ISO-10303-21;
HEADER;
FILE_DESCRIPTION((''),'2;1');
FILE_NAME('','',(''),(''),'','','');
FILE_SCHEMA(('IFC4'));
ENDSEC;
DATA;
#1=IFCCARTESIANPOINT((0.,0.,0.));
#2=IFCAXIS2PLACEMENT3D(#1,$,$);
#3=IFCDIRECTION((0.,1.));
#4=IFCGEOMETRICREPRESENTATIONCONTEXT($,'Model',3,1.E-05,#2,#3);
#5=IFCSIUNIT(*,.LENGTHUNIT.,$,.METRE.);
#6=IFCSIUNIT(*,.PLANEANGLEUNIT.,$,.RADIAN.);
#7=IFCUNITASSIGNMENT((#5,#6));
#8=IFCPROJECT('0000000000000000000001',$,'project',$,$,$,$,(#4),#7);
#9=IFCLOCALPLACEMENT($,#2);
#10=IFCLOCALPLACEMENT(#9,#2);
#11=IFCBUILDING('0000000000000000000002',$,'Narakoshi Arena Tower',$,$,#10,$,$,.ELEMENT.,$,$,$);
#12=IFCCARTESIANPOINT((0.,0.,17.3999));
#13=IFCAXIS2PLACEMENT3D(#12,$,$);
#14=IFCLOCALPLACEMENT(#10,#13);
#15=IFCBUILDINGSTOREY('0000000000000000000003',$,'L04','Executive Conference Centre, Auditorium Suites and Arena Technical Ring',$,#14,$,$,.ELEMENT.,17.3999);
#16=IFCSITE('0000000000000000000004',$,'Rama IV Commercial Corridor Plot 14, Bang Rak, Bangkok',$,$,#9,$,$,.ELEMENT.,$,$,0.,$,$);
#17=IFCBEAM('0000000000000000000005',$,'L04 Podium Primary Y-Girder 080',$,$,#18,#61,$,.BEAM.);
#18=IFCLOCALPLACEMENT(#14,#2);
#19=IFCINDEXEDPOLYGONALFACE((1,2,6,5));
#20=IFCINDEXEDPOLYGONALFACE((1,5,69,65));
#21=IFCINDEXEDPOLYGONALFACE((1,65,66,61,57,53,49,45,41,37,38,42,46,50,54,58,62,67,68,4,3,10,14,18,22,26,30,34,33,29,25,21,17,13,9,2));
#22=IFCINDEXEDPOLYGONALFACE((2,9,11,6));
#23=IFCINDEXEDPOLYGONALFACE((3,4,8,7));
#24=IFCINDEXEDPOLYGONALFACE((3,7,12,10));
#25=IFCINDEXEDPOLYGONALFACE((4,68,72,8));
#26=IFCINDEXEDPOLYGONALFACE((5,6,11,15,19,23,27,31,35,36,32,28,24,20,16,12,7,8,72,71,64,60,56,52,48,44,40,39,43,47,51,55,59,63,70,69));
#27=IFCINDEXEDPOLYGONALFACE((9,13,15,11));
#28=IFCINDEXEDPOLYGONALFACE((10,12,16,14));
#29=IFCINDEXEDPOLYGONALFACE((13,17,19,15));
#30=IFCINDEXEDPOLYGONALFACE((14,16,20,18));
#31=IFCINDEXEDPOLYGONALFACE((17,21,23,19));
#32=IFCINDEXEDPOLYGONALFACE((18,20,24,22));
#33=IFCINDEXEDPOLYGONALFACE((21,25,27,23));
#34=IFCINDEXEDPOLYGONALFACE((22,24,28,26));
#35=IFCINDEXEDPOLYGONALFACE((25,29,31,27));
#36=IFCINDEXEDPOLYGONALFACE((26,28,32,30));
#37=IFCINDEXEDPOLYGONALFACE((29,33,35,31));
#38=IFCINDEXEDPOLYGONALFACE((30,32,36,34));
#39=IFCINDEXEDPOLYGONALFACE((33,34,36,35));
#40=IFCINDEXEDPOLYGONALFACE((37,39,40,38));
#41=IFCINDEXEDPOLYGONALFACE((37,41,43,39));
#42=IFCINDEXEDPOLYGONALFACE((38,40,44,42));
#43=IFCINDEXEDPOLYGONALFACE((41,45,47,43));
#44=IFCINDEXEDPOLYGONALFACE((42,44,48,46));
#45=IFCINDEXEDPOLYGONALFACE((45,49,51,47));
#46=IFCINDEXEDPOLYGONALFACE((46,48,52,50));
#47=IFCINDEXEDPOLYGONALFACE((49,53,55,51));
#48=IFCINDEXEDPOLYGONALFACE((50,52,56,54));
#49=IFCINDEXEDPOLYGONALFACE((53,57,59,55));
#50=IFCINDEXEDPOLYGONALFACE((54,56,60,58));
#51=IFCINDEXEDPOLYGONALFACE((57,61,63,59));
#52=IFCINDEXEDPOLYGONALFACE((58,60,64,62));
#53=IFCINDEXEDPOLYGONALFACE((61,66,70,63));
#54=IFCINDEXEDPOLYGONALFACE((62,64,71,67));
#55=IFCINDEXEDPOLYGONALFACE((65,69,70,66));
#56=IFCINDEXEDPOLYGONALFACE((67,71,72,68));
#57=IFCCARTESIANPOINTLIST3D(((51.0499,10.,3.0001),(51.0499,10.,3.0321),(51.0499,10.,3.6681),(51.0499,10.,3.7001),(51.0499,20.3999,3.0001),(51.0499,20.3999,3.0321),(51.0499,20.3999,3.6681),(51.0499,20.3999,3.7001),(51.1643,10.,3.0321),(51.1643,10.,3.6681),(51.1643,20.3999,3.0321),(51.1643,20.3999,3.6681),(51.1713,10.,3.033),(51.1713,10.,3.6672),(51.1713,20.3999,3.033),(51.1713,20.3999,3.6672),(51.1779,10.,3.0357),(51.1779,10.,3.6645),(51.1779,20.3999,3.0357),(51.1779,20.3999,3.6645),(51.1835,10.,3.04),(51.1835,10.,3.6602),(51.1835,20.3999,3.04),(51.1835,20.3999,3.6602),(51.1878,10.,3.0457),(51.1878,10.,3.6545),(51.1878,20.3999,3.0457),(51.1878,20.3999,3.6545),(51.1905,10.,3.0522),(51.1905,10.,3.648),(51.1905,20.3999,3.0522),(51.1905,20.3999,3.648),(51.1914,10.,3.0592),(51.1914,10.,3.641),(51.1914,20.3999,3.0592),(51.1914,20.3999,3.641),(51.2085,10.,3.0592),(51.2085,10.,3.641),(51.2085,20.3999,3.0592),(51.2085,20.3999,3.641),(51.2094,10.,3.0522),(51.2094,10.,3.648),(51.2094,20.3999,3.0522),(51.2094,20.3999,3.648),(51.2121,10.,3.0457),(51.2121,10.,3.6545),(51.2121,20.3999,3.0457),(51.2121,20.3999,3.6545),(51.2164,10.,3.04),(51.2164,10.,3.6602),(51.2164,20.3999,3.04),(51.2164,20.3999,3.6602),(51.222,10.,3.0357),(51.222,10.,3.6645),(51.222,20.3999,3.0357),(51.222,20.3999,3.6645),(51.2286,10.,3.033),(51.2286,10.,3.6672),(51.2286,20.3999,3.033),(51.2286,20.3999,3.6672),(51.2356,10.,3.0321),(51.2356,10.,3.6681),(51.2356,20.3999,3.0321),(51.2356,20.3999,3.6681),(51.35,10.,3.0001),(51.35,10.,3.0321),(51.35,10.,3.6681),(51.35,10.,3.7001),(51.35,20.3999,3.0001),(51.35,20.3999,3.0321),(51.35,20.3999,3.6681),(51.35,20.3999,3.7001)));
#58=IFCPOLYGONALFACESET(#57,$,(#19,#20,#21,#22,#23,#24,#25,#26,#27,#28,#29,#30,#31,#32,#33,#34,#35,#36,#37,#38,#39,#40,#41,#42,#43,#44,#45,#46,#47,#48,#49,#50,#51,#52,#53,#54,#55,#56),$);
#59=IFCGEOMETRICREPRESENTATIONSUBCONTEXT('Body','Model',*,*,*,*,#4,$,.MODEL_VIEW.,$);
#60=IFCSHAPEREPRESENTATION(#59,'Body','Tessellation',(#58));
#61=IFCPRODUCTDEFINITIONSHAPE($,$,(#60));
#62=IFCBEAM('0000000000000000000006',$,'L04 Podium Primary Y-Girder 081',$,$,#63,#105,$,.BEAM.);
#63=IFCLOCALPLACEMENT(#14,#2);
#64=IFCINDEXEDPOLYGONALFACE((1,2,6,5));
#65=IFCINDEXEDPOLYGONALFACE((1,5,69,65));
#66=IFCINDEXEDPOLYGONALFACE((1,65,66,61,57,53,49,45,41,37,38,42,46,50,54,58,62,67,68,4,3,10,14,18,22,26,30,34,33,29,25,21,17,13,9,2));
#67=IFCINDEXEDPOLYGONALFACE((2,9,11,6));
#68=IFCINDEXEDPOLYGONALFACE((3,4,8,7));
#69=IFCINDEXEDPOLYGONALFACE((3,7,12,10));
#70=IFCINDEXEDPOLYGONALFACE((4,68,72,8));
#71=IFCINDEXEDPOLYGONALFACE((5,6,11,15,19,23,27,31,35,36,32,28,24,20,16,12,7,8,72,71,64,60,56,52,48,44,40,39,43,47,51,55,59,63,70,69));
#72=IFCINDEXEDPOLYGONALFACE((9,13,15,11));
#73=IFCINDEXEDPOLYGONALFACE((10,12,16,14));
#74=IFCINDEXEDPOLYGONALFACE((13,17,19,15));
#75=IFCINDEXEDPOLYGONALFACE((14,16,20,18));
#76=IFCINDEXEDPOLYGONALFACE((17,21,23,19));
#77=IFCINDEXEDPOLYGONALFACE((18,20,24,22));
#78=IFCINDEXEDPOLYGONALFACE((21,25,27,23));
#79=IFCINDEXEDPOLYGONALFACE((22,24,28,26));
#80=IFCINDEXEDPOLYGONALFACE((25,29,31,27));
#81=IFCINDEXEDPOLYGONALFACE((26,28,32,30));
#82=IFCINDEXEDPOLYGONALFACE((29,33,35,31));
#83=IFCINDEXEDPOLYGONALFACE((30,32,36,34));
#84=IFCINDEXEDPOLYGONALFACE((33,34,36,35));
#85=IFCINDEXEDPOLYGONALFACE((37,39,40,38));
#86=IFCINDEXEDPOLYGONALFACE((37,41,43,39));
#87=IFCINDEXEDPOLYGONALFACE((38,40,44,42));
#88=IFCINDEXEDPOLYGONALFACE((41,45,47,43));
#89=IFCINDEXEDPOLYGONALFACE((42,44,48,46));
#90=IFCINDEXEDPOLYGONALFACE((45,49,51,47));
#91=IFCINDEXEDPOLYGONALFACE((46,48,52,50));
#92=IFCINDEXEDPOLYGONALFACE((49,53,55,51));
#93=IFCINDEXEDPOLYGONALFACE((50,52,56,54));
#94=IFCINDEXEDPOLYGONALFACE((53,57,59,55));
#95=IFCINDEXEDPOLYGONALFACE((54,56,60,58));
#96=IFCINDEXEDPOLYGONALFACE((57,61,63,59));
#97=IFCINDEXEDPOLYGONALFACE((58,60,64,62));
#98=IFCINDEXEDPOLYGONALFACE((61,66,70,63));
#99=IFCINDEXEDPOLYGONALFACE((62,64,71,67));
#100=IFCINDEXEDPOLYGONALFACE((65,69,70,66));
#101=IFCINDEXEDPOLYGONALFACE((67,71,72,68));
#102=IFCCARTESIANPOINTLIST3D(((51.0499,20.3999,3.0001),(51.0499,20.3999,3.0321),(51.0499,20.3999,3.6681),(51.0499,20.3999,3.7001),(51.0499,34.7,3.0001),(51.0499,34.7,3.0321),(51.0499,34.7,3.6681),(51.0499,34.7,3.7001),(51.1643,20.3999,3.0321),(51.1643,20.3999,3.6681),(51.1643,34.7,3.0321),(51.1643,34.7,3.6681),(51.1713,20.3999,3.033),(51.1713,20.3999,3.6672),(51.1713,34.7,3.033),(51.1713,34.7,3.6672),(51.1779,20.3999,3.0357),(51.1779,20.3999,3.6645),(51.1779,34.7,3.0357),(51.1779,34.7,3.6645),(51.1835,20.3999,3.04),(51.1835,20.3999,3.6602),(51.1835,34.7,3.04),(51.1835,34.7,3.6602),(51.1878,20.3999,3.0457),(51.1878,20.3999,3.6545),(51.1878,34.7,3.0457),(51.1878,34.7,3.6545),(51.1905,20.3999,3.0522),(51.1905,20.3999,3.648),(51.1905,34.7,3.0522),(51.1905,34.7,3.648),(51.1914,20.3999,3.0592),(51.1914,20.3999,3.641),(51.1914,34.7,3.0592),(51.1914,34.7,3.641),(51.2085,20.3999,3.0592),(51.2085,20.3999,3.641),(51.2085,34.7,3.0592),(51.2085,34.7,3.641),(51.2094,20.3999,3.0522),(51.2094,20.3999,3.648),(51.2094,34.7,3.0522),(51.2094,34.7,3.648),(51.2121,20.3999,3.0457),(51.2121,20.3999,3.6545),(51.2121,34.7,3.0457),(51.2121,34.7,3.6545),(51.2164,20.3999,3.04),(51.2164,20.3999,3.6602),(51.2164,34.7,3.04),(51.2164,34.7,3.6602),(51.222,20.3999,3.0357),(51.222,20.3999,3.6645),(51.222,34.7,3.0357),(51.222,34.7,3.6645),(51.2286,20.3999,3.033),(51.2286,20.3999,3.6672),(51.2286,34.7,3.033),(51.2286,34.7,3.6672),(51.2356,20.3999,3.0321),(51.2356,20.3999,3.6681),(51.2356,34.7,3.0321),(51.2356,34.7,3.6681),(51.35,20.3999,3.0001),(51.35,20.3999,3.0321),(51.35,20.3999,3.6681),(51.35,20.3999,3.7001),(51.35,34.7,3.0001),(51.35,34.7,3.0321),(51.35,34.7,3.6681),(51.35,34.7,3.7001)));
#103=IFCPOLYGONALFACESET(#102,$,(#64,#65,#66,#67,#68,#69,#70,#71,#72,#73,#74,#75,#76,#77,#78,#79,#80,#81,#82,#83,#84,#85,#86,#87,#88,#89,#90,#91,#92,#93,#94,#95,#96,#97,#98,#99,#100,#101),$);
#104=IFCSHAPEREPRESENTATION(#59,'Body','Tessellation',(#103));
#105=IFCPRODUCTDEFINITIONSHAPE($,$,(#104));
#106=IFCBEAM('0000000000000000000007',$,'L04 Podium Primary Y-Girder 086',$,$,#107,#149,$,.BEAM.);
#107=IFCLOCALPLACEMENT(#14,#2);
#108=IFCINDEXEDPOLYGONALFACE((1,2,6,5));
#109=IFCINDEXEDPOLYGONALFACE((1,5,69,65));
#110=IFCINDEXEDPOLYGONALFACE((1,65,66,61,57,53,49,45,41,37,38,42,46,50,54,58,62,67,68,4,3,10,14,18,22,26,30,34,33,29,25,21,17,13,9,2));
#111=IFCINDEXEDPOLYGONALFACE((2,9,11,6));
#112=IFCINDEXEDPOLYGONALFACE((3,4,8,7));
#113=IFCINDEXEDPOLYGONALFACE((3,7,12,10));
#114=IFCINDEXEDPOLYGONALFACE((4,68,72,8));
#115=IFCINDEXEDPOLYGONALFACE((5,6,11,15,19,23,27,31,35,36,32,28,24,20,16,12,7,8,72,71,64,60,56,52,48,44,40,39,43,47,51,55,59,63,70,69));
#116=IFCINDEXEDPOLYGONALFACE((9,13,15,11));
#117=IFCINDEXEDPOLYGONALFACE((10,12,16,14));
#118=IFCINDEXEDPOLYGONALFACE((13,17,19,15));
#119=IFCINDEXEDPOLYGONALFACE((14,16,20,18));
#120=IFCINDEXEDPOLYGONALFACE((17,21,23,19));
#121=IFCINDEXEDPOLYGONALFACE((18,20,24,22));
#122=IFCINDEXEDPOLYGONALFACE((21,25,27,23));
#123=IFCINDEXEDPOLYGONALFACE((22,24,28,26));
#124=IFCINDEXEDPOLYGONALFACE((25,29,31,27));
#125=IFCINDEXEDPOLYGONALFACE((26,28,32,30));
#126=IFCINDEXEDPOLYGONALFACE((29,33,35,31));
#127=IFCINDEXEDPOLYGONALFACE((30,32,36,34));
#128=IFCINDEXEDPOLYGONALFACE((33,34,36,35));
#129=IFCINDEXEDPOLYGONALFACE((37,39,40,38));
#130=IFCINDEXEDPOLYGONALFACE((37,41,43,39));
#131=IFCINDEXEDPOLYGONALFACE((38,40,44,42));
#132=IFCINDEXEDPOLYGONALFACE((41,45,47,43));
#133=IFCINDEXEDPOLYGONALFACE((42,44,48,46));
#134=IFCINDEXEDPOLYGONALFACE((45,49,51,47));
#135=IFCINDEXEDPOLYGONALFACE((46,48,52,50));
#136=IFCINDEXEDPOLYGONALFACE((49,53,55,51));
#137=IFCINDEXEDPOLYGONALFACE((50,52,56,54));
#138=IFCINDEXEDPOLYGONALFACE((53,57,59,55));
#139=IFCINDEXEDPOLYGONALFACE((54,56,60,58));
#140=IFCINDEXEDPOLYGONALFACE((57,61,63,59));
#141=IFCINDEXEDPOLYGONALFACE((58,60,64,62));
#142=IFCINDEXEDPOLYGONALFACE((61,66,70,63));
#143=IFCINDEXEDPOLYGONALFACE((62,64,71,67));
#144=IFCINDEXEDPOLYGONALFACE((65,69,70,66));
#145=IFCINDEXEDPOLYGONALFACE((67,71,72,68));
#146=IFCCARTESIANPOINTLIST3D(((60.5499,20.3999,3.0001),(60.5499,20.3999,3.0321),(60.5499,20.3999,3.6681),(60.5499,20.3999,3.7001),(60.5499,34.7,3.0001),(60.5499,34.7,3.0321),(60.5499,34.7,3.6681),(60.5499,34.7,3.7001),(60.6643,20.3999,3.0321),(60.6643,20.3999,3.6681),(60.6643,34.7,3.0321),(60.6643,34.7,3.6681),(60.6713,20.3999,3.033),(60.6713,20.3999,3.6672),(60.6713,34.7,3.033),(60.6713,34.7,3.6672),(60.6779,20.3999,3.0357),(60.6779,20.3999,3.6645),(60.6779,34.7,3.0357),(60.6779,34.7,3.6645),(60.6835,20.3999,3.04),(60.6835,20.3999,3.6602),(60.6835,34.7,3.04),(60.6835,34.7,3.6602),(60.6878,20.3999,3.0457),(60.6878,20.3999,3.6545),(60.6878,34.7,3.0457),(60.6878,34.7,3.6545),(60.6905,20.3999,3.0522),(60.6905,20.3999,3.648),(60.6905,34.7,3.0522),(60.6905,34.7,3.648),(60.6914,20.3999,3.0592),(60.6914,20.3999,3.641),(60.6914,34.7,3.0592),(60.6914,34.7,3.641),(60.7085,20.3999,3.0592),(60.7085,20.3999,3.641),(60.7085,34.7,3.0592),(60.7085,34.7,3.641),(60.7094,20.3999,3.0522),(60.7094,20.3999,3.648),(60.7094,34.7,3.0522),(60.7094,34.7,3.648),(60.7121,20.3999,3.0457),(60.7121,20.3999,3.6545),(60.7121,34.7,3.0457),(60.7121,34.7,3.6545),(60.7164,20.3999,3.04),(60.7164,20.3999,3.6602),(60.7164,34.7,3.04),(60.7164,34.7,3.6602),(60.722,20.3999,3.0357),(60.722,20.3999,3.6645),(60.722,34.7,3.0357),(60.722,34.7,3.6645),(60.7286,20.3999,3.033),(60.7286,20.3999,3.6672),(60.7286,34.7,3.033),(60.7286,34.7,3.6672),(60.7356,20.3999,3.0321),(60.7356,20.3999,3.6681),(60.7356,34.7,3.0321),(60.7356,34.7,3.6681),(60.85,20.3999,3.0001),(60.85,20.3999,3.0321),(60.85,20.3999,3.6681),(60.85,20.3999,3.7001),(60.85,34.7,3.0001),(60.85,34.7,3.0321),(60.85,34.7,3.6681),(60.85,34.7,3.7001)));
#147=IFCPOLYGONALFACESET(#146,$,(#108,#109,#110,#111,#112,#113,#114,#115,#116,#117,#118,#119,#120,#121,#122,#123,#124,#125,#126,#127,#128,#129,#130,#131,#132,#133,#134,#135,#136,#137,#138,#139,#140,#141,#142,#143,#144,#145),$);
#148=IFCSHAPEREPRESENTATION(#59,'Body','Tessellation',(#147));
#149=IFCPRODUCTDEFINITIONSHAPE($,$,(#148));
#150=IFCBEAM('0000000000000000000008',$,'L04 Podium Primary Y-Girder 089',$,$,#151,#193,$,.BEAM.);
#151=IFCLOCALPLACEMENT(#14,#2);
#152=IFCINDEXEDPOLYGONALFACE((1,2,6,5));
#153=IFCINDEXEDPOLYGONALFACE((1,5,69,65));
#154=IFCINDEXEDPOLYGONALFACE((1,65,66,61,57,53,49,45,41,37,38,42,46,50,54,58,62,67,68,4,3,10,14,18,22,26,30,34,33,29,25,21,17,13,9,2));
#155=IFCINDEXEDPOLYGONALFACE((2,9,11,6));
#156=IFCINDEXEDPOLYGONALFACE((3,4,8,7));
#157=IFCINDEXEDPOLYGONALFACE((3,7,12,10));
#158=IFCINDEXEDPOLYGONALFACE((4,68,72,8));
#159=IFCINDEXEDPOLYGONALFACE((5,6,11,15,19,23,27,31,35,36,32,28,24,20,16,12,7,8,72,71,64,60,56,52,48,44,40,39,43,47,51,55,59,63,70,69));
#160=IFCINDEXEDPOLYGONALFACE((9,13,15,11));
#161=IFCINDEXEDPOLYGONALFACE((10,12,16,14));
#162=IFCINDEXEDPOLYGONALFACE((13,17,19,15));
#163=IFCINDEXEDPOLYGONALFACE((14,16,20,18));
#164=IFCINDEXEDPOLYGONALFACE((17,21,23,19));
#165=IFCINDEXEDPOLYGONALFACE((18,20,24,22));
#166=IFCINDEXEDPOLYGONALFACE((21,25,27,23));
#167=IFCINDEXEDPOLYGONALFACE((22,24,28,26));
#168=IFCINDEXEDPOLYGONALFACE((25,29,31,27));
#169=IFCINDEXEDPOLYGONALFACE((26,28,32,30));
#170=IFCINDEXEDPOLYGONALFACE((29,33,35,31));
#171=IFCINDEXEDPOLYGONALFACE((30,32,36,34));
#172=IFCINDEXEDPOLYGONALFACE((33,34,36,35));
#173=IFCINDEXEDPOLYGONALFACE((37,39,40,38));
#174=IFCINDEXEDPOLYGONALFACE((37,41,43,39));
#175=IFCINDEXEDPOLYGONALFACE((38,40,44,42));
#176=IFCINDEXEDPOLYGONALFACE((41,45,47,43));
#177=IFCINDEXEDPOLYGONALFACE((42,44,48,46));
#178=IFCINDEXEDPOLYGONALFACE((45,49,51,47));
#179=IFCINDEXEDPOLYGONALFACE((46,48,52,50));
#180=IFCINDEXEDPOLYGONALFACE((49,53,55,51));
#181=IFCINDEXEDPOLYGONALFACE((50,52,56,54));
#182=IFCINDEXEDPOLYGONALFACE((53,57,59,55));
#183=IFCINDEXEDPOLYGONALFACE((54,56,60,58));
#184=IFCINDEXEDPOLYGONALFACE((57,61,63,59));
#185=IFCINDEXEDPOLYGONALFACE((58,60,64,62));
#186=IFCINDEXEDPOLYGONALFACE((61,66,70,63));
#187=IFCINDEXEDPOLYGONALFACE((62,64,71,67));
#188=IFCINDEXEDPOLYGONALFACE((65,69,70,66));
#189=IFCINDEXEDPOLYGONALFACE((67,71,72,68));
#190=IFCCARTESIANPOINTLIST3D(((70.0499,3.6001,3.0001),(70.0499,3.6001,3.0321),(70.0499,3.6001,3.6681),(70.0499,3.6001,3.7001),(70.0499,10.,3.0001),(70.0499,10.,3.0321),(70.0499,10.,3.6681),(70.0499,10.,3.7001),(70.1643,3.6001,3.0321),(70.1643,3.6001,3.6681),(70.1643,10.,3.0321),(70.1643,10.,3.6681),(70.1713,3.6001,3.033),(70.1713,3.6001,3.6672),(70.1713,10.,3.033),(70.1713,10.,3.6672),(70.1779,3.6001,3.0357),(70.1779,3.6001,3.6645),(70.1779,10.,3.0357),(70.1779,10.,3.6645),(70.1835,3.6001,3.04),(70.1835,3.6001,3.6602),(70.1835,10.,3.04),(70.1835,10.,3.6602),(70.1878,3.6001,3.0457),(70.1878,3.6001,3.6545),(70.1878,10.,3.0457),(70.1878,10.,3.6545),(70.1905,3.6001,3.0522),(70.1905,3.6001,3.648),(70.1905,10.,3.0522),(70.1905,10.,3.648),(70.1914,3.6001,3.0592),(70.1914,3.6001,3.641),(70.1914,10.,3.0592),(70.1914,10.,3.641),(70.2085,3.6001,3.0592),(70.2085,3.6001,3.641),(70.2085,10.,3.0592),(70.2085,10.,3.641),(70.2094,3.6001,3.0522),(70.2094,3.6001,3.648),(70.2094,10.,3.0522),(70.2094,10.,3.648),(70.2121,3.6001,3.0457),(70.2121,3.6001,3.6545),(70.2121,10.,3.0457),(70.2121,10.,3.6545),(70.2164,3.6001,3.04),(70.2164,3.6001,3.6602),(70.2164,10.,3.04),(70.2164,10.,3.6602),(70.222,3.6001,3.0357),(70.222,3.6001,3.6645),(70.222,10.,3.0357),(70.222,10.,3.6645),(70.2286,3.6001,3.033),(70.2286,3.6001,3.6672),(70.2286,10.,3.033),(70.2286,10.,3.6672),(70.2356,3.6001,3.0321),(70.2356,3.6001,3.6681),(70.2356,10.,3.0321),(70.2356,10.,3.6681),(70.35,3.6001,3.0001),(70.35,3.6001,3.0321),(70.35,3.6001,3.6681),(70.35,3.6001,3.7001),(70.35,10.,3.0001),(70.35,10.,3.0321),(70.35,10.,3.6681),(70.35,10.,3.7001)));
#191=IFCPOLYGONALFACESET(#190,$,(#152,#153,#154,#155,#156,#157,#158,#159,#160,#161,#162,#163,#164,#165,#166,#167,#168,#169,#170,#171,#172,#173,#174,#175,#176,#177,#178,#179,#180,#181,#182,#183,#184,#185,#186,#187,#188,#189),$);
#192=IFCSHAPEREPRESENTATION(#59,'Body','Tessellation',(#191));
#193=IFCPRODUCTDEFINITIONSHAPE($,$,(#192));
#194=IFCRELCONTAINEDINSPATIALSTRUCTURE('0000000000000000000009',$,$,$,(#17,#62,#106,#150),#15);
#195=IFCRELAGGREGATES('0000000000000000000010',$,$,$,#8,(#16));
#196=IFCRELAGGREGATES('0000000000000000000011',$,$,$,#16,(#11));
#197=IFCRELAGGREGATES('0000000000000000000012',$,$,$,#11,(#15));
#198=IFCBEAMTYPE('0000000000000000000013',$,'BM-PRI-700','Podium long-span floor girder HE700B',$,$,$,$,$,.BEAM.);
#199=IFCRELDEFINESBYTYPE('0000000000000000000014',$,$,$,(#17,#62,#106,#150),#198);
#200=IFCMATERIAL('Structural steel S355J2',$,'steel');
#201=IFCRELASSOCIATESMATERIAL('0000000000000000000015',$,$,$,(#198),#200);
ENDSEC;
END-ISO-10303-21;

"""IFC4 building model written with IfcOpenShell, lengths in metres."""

from ifc_helpers import new_model, si_unit, direction, frame, origin, origin_2d, place, context, subcontext, project, spatial, i_section, extrude, material, material_profile, profile_set, type_object, element, save


model = new_model("IFC4")

# Units and contexts
model_context = context("Model", 3, precision=1e-05, world=origin(), true_north=direction((0.0, 1.0)))
body_context = subcontext(model_context, "Body", "Model", "MODEL_VIEW")
ifc_project = project(units=[si_unit("LENGTHUNIT", "METRE"), si_unit("PLANEANGLEUNIT", "RADIAN")], contexts=[model_context])

# Site, building, storey
site_placement = place(None, origin())
site = spatial("IfcSite", under=ifc_project, at=site_placement, Name="Rama IV Commercial Corridor Plot 14, Bang Rak, Bangkok", CompositionType="ELEMENT", RefElevation=0.0)
building_placement = place(site_placement, origin())
building = spatial("IfcBuilding", under=site, at=building_placement, Name="Narakoshi Arena Tower", CompositionType="ELEMENT")
storey_placement = place(building_placement, frame((0.0, 0.0, 17.3999)))
storey = spatial("IfcBuildingStorey", under=building, at=storey_placement, Name="L04", Description="Executive Conference Centre, Auditorium Suites and Arena Technical Ring", CompositionType="ELEMENT", Elevation=17.3999)

# Beams
ifc_material_1 = material(Name="Structural steel S355J2", Category="steel")
ifc_material_profile_1 = material_profile(ifc_material_1, i_section(OverallWidth=0.3, OverallDepth=0.7, WebThickness=0.0171, FlangeThickness=0.032, FilletRadius=0.0271, at=origin_2d()), Name="HE700B")
ifc_profile_set_1 = profile_set([ifc_material_profile_1], Name="Structural steel S355J2")
beam_type_1 = type_object("IfcBeamType", Name="BM-PRI-700", Description="Podium long-span floor girder HE700B", PredefinedType="BEAM", material=ifc_profile_set_1)
beam_1_placement = place(storey_placement, frame((51.2, 10.0, 3.3501), z_axis=(0.0, 1.0, 0.0), x_axis=(-1.0, 0.0, 0.0)))
element("IfcBeam", 1, at=beam_1_placement, inside=storey, type_object=beam_type_1, Name="L04 Podium Primary Y-Girder 080", PredefinedType="BEAM", context=body_context, shape_type="SweptSolid", body=[
    extrude(i_section(OverallWidth=0.3, OverallDepth=0.7, WebThickness=0.0171, FlangeThickness=0.032, FilletRadius=0.0271, at=origin_2d()), origin(), (0.0, 0.0, 1.0), 10.3999),
])
for number, where, z_axis, x_axis, name in (
    (2, (51.2, 20.3999, 3.3501), (0.0, 1.0, 0.0), (-1.0, 0.0, 0.0), "L04 Podium Primary Y-Girder 081"),
    (3, (60.7, 20.3999, 3.3501), (0.0, 1.0, 0.0), (-1.0, 0.0, 0.0), "L04 Podium Primary Y-Girder 086"),
):
    element("IfcBeam", number, at=place(storey_placement, frame(where, z_axis=z_axis, x_axis=x_axis)), inside=storey, type_object=beam_type_1, Name=name, PredefinedType="BEAM", context=body_context, shape_type="SweptSolid", body=[
        extrude(i_section(OverallWidth=0.3, OverallDepth=0.7, WebThickness=0.0171, FlangeThickness=0.032, FilletRadius=0.0271, at=origin_2d()), origin(), (0.0, 0.0, 1.0), 14.3),
    ])
beam_2_placement = place(storey_placement, frame((70.2, 3.6001, 3.3501), z_axis=(0.0, 1.0, 0.0), x_axis=(-1.0, 0.0, 0.0)))
element("IfcBeam", 4, at=beam_2_placement, inside=storey, type_object=beam_type_1, Name="L04 Podium Primary Y-Girder 089", PredefinedType="BEAM", context=body_context, shape_type="SweptSolid", body=[
    extrude(i_section(OverallWidth=0.3, OverallDepth=0.7, WebThickness=0.0171, FlangeThickness=0.032, FilletRadius=0.0271, at=origin_2d()), origin(), (0.0, 0.0, 1.0), 6.3999),
])

save(model, "model.ifc")
